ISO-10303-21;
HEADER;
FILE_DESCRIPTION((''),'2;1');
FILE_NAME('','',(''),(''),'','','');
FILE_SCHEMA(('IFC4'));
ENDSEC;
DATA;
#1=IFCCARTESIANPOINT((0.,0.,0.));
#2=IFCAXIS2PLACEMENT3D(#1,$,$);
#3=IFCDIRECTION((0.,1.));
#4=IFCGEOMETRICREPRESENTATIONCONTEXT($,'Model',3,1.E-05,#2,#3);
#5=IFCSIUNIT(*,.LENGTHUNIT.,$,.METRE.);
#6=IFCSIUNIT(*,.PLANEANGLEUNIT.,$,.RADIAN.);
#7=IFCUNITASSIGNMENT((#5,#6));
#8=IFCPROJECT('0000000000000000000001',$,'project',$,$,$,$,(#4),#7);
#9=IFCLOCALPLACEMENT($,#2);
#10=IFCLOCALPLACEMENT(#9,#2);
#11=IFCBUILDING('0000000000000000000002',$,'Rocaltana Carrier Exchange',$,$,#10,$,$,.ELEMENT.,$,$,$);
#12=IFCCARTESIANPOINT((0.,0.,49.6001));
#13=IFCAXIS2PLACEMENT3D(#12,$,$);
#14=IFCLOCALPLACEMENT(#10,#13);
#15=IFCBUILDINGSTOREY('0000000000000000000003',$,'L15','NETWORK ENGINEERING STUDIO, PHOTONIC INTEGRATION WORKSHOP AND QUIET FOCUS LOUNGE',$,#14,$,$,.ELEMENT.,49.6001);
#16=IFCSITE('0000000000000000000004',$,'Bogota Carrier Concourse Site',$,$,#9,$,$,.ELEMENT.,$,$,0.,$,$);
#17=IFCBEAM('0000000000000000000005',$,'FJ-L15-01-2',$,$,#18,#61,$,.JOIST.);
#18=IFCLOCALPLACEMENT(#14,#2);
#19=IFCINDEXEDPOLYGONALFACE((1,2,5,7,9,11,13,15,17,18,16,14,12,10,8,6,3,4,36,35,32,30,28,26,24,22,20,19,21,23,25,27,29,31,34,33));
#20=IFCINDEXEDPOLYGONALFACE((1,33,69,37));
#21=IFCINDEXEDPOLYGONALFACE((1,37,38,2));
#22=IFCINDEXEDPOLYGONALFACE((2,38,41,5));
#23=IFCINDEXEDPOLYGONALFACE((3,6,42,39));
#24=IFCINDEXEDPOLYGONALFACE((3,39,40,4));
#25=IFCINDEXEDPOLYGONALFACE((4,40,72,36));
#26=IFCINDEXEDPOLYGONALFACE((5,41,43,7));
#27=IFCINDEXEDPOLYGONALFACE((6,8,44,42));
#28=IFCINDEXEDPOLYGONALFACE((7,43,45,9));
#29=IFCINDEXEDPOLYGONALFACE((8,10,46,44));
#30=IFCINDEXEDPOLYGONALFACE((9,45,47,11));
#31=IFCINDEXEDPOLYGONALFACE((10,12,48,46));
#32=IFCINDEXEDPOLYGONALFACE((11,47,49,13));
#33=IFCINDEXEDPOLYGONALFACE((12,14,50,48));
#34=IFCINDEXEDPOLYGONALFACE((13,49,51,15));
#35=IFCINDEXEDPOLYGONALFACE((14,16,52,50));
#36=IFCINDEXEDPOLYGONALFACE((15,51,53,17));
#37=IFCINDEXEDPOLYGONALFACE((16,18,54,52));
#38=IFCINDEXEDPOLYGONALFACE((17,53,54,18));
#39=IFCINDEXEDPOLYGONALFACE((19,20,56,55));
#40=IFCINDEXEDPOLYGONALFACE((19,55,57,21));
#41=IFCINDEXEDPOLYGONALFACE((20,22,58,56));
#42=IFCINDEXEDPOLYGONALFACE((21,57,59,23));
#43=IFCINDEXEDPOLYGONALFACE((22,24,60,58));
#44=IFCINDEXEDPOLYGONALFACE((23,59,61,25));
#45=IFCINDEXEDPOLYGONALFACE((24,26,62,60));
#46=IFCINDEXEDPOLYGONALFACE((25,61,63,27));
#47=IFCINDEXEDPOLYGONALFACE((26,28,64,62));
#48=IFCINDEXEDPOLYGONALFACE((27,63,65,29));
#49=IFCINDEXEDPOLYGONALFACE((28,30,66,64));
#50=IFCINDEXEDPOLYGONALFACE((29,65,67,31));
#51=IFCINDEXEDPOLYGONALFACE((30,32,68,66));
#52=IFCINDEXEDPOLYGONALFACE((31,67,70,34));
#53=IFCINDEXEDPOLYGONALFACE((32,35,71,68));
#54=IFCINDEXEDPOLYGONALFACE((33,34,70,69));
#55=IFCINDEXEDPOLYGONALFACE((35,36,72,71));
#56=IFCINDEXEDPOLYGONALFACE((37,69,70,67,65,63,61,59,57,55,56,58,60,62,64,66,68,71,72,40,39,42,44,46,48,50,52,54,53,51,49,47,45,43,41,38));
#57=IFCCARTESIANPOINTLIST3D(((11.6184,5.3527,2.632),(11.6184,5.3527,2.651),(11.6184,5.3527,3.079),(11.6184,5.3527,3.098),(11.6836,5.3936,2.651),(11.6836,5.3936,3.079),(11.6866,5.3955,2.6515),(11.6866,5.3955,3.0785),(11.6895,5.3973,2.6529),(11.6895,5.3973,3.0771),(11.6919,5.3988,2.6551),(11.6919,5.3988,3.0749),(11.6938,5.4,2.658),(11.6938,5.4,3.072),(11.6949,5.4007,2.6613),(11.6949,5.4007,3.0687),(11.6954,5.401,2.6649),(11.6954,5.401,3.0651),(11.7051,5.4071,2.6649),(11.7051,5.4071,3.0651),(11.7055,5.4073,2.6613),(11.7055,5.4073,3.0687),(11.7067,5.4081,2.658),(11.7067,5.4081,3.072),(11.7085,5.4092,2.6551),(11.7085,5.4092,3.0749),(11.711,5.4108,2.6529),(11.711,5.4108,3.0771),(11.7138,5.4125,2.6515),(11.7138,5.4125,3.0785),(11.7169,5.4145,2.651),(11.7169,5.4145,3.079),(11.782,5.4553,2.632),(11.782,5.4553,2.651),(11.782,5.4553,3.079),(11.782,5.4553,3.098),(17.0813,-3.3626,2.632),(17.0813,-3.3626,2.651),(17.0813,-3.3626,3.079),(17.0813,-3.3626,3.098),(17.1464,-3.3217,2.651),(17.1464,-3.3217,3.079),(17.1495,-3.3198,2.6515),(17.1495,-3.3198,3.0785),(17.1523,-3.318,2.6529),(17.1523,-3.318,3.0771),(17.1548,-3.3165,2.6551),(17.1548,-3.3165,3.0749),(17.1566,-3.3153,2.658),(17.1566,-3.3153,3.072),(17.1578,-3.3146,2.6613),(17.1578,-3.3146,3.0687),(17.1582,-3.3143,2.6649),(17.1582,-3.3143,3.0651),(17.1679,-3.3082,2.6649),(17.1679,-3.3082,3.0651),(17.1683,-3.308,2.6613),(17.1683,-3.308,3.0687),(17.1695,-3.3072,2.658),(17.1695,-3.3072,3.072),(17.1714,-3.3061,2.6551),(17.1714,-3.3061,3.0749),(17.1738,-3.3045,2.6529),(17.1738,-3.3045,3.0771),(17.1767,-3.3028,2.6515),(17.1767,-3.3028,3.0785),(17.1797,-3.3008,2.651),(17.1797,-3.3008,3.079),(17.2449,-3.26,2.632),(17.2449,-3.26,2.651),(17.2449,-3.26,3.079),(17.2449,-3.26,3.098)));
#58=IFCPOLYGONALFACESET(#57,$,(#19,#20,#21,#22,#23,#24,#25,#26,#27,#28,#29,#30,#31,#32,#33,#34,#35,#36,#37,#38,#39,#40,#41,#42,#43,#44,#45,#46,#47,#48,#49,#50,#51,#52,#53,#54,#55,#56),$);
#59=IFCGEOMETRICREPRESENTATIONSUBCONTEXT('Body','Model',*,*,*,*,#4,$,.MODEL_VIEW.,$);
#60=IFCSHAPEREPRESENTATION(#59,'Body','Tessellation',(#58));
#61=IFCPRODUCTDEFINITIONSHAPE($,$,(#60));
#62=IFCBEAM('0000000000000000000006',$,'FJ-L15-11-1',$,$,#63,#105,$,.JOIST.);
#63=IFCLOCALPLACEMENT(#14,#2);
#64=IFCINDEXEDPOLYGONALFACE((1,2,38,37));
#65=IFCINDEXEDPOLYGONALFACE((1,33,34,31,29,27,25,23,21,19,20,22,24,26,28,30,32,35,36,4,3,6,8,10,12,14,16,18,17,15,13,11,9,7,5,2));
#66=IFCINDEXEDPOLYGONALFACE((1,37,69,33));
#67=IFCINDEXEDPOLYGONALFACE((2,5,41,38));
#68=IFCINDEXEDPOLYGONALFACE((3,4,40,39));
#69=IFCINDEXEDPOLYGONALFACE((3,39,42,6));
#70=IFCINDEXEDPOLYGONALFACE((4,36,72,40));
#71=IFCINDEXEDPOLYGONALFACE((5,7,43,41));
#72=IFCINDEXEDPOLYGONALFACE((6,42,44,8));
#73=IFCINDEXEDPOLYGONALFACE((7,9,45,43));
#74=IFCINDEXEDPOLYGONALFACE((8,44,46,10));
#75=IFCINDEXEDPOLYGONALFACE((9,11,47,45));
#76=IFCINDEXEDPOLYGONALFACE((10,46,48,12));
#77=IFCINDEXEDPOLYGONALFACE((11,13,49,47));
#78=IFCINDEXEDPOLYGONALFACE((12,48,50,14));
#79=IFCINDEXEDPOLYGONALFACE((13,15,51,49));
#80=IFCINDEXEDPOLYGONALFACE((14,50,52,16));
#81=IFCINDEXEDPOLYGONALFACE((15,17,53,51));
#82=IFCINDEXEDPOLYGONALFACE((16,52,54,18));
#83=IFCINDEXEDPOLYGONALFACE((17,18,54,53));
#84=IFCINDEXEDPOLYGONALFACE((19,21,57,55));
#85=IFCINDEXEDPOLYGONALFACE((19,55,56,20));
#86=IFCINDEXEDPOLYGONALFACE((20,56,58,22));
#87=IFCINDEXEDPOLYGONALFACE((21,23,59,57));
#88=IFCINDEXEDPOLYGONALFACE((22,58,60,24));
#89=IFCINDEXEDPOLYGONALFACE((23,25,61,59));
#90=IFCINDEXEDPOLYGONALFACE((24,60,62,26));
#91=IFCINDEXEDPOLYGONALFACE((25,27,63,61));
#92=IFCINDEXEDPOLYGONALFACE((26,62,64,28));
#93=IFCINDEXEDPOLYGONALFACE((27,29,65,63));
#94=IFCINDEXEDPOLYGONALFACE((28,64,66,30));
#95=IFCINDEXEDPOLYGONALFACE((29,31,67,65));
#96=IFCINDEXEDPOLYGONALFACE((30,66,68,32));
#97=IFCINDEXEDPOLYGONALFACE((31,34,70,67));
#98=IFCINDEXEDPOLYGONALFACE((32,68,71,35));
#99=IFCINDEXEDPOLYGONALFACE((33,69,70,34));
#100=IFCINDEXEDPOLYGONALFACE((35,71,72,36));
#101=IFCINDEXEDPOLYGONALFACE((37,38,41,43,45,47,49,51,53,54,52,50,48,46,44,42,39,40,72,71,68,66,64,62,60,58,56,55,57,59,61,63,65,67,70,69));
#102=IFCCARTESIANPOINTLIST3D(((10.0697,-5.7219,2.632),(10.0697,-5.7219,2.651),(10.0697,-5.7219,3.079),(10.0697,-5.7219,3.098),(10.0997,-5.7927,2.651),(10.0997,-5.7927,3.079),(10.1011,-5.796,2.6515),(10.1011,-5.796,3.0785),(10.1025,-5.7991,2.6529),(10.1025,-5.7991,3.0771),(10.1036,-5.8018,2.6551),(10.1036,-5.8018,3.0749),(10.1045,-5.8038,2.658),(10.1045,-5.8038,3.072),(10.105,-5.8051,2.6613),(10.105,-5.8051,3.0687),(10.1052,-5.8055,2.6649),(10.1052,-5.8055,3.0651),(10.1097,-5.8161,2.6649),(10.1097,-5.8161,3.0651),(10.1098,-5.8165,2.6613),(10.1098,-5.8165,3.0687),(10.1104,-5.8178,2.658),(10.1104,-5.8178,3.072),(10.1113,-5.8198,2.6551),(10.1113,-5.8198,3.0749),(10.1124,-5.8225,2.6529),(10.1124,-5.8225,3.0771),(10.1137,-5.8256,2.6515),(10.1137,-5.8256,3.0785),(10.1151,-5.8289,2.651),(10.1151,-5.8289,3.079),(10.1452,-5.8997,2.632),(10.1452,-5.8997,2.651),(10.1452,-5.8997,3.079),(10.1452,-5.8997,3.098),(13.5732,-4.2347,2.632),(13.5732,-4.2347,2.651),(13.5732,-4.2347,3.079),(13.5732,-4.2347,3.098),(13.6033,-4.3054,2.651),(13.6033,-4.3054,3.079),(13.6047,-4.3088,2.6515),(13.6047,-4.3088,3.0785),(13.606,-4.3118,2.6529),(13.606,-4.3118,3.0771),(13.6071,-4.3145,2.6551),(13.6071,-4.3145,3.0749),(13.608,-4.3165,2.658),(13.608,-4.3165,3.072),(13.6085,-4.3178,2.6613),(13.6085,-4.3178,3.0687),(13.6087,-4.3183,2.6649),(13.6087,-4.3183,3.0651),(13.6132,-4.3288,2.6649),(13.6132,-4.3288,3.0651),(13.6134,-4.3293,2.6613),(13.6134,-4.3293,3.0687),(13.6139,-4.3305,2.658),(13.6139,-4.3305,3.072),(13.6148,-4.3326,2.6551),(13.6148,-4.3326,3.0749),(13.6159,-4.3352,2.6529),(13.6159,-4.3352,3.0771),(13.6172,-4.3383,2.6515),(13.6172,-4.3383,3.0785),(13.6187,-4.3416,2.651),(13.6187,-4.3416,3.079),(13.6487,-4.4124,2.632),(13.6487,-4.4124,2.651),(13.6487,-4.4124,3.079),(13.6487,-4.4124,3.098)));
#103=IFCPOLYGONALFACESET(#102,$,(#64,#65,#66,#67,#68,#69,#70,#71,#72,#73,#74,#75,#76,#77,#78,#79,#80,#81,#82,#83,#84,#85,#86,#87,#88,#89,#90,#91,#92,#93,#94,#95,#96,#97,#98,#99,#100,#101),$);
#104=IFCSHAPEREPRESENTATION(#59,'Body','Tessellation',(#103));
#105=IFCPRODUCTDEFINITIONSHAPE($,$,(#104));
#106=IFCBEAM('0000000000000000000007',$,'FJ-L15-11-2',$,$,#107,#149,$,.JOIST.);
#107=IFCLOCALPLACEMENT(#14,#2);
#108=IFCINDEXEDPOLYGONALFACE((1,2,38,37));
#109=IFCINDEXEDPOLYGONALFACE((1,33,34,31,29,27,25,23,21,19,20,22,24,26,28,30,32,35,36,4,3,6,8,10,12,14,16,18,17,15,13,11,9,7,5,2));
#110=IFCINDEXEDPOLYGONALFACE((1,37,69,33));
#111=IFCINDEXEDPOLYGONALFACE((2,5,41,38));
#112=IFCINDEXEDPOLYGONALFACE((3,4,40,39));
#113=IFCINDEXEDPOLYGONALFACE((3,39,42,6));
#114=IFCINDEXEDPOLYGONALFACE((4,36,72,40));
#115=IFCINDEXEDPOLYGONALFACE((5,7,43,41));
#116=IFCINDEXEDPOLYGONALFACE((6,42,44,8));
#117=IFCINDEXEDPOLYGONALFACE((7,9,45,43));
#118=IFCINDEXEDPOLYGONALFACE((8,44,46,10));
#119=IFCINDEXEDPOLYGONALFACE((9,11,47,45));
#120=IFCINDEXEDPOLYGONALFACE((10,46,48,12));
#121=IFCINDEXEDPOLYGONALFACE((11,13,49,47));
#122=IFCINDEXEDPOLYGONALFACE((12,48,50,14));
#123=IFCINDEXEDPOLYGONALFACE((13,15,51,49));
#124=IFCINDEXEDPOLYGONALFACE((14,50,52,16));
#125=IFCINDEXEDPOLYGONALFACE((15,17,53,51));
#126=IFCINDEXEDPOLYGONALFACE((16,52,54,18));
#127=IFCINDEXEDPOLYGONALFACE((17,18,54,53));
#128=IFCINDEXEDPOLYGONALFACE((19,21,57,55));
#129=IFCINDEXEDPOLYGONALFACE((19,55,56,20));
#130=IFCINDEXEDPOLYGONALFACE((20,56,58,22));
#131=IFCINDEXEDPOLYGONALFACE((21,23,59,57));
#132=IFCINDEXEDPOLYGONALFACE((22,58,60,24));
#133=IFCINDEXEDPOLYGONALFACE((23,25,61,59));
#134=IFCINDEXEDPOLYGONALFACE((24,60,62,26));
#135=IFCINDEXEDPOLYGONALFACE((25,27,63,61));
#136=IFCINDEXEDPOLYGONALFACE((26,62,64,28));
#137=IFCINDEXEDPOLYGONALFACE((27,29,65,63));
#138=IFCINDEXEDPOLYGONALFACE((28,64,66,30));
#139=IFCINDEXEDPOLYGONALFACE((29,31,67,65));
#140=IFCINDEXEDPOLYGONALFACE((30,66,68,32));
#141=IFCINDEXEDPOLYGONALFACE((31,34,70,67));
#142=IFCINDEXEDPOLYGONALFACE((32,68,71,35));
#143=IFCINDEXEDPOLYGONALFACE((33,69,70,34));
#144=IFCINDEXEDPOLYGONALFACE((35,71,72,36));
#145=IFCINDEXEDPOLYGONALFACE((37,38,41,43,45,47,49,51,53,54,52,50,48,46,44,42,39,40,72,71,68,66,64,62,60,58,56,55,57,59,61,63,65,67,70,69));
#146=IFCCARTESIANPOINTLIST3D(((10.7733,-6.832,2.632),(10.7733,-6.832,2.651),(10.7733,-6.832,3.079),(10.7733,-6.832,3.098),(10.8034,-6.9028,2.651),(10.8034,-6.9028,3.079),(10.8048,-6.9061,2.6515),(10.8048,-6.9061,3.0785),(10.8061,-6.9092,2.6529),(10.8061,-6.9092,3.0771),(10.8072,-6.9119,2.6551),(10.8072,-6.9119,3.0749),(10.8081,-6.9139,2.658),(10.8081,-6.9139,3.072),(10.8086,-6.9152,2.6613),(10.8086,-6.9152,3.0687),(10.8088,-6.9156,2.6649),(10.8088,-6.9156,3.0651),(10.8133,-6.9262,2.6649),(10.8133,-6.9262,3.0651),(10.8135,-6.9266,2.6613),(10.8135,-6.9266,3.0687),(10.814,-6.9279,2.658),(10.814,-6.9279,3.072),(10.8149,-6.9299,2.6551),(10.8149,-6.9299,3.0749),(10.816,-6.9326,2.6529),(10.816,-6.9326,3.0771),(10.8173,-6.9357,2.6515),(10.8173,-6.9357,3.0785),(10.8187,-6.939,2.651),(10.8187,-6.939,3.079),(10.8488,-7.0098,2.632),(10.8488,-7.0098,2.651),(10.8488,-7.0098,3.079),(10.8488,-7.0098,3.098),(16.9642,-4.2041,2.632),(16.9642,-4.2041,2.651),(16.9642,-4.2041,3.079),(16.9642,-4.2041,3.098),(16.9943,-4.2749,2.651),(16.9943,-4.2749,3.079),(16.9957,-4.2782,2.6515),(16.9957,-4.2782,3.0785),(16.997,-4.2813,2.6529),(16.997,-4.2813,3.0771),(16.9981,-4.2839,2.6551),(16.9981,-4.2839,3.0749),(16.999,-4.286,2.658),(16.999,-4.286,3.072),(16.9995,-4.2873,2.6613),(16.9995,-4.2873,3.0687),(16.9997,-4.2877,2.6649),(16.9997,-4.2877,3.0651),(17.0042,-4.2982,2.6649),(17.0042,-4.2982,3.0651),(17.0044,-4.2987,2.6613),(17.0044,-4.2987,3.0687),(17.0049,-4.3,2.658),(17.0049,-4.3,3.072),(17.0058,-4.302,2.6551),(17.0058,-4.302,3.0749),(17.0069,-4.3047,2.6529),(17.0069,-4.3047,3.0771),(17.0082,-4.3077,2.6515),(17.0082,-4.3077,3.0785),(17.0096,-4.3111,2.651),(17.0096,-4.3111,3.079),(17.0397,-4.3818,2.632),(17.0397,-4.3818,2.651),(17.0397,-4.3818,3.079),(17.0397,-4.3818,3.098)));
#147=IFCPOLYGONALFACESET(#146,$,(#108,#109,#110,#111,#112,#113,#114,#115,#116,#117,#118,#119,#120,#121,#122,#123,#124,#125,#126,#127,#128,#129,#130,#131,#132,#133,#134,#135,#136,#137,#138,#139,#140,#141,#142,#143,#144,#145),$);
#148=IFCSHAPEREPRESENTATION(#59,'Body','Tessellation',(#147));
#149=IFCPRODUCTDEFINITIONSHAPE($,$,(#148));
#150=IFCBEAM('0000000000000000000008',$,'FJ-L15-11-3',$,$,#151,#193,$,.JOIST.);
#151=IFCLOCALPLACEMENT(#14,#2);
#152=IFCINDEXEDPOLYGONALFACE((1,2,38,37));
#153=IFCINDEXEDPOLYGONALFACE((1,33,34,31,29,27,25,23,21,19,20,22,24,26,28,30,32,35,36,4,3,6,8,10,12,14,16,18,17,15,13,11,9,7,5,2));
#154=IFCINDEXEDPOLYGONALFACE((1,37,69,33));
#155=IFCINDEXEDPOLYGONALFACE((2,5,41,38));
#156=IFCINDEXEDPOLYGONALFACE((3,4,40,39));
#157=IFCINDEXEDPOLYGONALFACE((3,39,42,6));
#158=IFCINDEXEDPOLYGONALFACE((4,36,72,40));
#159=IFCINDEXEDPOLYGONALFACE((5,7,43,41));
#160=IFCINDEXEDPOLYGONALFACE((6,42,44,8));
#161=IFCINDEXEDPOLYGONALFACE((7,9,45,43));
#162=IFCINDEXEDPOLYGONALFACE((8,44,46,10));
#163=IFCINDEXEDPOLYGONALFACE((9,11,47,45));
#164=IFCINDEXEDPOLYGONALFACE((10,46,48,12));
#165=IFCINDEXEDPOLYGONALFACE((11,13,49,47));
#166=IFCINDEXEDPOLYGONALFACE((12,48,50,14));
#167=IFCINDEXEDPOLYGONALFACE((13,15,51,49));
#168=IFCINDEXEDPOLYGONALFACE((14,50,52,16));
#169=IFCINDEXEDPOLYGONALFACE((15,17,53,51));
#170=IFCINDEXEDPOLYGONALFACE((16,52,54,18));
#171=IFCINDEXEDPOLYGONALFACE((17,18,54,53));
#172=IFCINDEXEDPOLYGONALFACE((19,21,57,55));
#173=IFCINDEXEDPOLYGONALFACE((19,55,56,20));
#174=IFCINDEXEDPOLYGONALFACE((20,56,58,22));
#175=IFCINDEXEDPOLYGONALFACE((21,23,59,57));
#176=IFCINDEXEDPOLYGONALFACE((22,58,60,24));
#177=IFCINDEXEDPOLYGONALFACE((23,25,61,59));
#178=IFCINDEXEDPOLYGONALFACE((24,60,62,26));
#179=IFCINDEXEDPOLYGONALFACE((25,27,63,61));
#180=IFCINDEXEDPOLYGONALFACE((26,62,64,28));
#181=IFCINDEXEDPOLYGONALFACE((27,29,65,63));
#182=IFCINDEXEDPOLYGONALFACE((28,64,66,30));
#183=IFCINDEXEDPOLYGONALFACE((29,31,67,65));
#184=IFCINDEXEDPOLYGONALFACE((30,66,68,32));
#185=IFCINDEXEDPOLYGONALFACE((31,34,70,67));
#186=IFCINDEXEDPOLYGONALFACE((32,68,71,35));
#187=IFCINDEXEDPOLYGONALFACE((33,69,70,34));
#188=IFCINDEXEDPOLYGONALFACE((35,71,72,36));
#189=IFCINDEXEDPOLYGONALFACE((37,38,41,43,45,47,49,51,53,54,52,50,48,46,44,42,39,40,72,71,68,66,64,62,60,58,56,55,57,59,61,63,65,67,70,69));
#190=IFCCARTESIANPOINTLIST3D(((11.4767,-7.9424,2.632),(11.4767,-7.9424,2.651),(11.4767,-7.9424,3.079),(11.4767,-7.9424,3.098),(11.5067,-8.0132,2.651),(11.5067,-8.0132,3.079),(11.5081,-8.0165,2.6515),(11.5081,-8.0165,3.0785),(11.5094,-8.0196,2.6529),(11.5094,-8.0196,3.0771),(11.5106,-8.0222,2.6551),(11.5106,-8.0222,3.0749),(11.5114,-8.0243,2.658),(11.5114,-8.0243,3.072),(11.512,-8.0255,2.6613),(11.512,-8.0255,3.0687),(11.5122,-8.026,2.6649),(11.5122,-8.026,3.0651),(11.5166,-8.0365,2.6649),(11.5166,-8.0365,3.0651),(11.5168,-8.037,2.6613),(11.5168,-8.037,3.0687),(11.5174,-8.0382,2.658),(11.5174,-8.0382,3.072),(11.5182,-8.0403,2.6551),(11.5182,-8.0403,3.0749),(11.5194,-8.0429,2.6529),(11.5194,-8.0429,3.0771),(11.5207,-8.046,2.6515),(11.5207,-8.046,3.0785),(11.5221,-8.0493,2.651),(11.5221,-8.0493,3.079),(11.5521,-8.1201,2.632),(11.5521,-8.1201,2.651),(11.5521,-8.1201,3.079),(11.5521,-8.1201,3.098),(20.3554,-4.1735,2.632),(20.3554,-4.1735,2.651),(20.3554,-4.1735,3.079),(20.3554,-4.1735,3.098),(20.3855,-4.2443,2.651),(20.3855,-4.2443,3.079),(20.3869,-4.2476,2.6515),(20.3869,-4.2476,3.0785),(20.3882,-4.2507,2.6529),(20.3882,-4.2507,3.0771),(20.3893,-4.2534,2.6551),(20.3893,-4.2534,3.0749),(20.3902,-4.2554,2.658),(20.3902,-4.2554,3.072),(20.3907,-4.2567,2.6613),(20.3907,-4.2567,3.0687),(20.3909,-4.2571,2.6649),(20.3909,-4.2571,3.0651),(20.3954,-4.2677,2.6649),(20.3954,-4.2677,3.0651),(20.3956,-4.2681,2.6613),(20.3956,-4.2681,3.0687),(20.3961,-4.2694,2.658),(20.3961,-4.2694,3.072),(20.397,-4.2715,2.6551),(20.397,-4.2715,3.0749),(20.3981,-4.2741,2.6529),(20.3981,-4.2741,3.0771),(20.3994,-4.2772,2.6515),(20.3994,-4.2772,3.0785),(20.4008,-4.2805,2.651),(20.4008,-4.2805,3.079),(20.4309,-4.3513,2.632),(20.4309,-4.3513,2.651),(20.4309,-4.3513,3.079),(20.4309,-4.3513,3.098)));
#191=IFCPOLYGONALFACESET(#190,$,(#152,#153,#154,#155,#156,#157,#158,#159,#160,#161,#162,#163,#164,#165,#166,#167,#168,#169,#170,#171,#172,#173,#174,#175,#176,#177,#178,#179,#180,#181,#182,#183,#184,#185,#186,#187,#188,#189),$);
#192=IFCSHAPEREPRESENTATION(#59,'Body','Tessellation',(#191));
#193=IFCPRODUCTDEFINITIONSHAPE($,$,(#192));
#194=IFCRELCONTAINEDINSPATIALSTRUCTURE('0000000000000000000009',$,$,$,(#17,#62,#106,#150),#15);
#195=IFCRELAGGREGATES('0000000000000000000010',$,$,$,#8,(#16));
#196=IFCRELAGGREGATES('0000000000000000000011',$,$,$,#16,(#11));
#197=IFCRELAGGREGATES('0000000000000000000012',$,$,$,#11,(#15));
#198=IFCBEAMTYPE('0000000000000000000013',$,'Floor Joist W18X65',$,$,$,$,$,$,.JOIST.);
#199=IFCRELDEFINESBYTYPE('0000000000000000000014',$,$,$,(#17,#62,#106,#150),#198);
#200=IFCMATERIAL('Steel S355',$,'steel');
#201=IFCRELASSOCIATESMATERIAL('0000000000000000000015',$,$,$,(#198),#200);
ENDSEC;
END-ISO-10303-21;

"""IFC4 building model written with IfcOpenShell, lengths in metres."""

from ifc_helpers import new_model, si_unit, direction, frame, origin, origin_2d, place, context, subcontext, project, spatial, i_section, extrude, material, material_profile, profile_set, type_object, element, save


model = new_model("IFC4")

# Units and contexts
model_context = context("Model", 3, precision=1e-05, world=origin(), true_north=direction((0.0, 1.0)))
body_context = subcontext(model_context, "Body", "Model", "MODEL_VIEW")
ifc_project = project(units=[si_unit("LENGTHUNIT", "METRE"), si_unit("PLANEANGLEUNIT", "RADIAN")], contexts=[model_context])

# Site, building, storey
site_placement = place(None, origin())
site = spatial("IfcSite", under=ifc_project, at=site_placement, Name="Bogota Carrier Concourse Site", CompositionType="ELEMENT", RefElevation=0.0)
building_placement = place(site_placement, origin())
building = spatial("IfcBuilding", under=site, at=building_placement, Name="Rocaltana Carrier Exchange", CompositionType="ELEMENT")
storey_placement = place(building_placement, frame((0.0, 0.0, 49.6001)))
storey = spatial("IfcBuildingStorey", under=building, at=storey_placement, Name="L15", Description="NETWORK ENGINEERING STUDIO, PHOTONIC INTEGRATION WORKSHOP AND QUIET FOCUS LOUNGE", CompositionType="ELEMENT", Elevation=49.6001)

# Beams
ifc_material_1 = material(Name="Steel S355", Category="steel")
ifc_material_profile_1 = material_profile(ifc_material_1, i_section(OverallWidth=0.1931, OverallDepth=0.4661, WebThickness=0.0115, FlangeThickness=0.019, FilletRadius=0.0139, at=origin_2d()), Name="W18X65")
ifc_profile_set_1 = profile_set([ifc_material_profile_1], Name="Steel S355")
beam_type_1 = type_object("IfcBeamType", Name="Floor Joist W18X65", PredefinedType="JOIST", material=ifc_profile_set_1)
beam_1_placement = place(storey_placement, frame((17.1631, -3.3113, 2.865), z_axis=(-0.531104, 0.847307, 0.0), x_axis=(-0.847307, -0.531104, 0.0)))
element("IfcBeam", 1, at=beam_1_placement, inside=storey, type_object=beam_type_1, Name="FJ-L15-01-2", PredefinedType="JOIST", context=body_context, shape_type="SweptSolid", body=[
    extrude(i_section(OverallWidth=0.1931, OverallDepth=0.4661, WebThickness=0.0115, FlangeThickness=0.019, FilletRadius=0.0139, at=origin_2d()), origin(), (0.0, 0.0, 1.0), 10.2859),
])
beam_2_placement = place(storey_placement, frame((10.1074, -5.8108, 2.865), z_axis=(0.920497, 0.390751, 0.0), x_axis=(-0.390751, 0.920497, 0.0)))
element("IfcBeam", 2, at=beam_2_placement, inside=storey, type_object=beam_type_1, Name="FJ-L15-11-1", PredefinedType="JOIST", context=body_context, shape_type="SweptSolid", body=[
    extrude(i_section(OverallWidth=0.1931, OverallDepth=0.4661, WebThickness=0.0115, FlangeThickness=0.019, FilletRadius=0.0139, at=origin_2d()), origin(), (0.0, 0.0, 1.0), 3.8062),
])
beam_3_placement = place(storey_placement, frame((10.811, -6.9209, 2.865), z_axis=(0.920503, 0.390736, 0.0), x_axis=(-0.390736, 0.920503, 0.0)))
element("IfcBeam", 3, at=beam_3_placement, inside=storey, type_object=beam_type_1, Name="FJ-L15-11-2", PredefinedType="JOIST", context=body_context, shape_type="SweptSolid", body=[
    extrude(i_section(OverallWidth=0.1931, OverallDepth=0.4661, WebThickness=0.0115, FlangeThickness=0.019, FilletRadius=0.0139, at=origin_2d()), origin(), (0.0, 0.0, 1.0), 6.7256),
])
beam_4_placement = place(storey_placement, frame((11.5144, -8.0312, 2.865), z_axis=(0.920504, 0.390734, 0.0), x_axis=(-0.390734, 0.920504, 0.0)))
element("IfcBeam", 4, at=beam_4_placement, inside=storey, type_object=beam_type_1, Name="FJ-L15-11-3", PredefinedType="JOIST", context=body_context, shape_type="SweptSolid", body=[
    extrude(i_section(OverallWidth=0.1931, OverallDepth=0.4661, WebThickness=0.0115, FlangeThickness=0.019, FilletRadius=0.0139, at=origin_2d()), origin(), (0.0, 0.0, 1.0), 9.6455),
])

save(model, "model.ifc")
